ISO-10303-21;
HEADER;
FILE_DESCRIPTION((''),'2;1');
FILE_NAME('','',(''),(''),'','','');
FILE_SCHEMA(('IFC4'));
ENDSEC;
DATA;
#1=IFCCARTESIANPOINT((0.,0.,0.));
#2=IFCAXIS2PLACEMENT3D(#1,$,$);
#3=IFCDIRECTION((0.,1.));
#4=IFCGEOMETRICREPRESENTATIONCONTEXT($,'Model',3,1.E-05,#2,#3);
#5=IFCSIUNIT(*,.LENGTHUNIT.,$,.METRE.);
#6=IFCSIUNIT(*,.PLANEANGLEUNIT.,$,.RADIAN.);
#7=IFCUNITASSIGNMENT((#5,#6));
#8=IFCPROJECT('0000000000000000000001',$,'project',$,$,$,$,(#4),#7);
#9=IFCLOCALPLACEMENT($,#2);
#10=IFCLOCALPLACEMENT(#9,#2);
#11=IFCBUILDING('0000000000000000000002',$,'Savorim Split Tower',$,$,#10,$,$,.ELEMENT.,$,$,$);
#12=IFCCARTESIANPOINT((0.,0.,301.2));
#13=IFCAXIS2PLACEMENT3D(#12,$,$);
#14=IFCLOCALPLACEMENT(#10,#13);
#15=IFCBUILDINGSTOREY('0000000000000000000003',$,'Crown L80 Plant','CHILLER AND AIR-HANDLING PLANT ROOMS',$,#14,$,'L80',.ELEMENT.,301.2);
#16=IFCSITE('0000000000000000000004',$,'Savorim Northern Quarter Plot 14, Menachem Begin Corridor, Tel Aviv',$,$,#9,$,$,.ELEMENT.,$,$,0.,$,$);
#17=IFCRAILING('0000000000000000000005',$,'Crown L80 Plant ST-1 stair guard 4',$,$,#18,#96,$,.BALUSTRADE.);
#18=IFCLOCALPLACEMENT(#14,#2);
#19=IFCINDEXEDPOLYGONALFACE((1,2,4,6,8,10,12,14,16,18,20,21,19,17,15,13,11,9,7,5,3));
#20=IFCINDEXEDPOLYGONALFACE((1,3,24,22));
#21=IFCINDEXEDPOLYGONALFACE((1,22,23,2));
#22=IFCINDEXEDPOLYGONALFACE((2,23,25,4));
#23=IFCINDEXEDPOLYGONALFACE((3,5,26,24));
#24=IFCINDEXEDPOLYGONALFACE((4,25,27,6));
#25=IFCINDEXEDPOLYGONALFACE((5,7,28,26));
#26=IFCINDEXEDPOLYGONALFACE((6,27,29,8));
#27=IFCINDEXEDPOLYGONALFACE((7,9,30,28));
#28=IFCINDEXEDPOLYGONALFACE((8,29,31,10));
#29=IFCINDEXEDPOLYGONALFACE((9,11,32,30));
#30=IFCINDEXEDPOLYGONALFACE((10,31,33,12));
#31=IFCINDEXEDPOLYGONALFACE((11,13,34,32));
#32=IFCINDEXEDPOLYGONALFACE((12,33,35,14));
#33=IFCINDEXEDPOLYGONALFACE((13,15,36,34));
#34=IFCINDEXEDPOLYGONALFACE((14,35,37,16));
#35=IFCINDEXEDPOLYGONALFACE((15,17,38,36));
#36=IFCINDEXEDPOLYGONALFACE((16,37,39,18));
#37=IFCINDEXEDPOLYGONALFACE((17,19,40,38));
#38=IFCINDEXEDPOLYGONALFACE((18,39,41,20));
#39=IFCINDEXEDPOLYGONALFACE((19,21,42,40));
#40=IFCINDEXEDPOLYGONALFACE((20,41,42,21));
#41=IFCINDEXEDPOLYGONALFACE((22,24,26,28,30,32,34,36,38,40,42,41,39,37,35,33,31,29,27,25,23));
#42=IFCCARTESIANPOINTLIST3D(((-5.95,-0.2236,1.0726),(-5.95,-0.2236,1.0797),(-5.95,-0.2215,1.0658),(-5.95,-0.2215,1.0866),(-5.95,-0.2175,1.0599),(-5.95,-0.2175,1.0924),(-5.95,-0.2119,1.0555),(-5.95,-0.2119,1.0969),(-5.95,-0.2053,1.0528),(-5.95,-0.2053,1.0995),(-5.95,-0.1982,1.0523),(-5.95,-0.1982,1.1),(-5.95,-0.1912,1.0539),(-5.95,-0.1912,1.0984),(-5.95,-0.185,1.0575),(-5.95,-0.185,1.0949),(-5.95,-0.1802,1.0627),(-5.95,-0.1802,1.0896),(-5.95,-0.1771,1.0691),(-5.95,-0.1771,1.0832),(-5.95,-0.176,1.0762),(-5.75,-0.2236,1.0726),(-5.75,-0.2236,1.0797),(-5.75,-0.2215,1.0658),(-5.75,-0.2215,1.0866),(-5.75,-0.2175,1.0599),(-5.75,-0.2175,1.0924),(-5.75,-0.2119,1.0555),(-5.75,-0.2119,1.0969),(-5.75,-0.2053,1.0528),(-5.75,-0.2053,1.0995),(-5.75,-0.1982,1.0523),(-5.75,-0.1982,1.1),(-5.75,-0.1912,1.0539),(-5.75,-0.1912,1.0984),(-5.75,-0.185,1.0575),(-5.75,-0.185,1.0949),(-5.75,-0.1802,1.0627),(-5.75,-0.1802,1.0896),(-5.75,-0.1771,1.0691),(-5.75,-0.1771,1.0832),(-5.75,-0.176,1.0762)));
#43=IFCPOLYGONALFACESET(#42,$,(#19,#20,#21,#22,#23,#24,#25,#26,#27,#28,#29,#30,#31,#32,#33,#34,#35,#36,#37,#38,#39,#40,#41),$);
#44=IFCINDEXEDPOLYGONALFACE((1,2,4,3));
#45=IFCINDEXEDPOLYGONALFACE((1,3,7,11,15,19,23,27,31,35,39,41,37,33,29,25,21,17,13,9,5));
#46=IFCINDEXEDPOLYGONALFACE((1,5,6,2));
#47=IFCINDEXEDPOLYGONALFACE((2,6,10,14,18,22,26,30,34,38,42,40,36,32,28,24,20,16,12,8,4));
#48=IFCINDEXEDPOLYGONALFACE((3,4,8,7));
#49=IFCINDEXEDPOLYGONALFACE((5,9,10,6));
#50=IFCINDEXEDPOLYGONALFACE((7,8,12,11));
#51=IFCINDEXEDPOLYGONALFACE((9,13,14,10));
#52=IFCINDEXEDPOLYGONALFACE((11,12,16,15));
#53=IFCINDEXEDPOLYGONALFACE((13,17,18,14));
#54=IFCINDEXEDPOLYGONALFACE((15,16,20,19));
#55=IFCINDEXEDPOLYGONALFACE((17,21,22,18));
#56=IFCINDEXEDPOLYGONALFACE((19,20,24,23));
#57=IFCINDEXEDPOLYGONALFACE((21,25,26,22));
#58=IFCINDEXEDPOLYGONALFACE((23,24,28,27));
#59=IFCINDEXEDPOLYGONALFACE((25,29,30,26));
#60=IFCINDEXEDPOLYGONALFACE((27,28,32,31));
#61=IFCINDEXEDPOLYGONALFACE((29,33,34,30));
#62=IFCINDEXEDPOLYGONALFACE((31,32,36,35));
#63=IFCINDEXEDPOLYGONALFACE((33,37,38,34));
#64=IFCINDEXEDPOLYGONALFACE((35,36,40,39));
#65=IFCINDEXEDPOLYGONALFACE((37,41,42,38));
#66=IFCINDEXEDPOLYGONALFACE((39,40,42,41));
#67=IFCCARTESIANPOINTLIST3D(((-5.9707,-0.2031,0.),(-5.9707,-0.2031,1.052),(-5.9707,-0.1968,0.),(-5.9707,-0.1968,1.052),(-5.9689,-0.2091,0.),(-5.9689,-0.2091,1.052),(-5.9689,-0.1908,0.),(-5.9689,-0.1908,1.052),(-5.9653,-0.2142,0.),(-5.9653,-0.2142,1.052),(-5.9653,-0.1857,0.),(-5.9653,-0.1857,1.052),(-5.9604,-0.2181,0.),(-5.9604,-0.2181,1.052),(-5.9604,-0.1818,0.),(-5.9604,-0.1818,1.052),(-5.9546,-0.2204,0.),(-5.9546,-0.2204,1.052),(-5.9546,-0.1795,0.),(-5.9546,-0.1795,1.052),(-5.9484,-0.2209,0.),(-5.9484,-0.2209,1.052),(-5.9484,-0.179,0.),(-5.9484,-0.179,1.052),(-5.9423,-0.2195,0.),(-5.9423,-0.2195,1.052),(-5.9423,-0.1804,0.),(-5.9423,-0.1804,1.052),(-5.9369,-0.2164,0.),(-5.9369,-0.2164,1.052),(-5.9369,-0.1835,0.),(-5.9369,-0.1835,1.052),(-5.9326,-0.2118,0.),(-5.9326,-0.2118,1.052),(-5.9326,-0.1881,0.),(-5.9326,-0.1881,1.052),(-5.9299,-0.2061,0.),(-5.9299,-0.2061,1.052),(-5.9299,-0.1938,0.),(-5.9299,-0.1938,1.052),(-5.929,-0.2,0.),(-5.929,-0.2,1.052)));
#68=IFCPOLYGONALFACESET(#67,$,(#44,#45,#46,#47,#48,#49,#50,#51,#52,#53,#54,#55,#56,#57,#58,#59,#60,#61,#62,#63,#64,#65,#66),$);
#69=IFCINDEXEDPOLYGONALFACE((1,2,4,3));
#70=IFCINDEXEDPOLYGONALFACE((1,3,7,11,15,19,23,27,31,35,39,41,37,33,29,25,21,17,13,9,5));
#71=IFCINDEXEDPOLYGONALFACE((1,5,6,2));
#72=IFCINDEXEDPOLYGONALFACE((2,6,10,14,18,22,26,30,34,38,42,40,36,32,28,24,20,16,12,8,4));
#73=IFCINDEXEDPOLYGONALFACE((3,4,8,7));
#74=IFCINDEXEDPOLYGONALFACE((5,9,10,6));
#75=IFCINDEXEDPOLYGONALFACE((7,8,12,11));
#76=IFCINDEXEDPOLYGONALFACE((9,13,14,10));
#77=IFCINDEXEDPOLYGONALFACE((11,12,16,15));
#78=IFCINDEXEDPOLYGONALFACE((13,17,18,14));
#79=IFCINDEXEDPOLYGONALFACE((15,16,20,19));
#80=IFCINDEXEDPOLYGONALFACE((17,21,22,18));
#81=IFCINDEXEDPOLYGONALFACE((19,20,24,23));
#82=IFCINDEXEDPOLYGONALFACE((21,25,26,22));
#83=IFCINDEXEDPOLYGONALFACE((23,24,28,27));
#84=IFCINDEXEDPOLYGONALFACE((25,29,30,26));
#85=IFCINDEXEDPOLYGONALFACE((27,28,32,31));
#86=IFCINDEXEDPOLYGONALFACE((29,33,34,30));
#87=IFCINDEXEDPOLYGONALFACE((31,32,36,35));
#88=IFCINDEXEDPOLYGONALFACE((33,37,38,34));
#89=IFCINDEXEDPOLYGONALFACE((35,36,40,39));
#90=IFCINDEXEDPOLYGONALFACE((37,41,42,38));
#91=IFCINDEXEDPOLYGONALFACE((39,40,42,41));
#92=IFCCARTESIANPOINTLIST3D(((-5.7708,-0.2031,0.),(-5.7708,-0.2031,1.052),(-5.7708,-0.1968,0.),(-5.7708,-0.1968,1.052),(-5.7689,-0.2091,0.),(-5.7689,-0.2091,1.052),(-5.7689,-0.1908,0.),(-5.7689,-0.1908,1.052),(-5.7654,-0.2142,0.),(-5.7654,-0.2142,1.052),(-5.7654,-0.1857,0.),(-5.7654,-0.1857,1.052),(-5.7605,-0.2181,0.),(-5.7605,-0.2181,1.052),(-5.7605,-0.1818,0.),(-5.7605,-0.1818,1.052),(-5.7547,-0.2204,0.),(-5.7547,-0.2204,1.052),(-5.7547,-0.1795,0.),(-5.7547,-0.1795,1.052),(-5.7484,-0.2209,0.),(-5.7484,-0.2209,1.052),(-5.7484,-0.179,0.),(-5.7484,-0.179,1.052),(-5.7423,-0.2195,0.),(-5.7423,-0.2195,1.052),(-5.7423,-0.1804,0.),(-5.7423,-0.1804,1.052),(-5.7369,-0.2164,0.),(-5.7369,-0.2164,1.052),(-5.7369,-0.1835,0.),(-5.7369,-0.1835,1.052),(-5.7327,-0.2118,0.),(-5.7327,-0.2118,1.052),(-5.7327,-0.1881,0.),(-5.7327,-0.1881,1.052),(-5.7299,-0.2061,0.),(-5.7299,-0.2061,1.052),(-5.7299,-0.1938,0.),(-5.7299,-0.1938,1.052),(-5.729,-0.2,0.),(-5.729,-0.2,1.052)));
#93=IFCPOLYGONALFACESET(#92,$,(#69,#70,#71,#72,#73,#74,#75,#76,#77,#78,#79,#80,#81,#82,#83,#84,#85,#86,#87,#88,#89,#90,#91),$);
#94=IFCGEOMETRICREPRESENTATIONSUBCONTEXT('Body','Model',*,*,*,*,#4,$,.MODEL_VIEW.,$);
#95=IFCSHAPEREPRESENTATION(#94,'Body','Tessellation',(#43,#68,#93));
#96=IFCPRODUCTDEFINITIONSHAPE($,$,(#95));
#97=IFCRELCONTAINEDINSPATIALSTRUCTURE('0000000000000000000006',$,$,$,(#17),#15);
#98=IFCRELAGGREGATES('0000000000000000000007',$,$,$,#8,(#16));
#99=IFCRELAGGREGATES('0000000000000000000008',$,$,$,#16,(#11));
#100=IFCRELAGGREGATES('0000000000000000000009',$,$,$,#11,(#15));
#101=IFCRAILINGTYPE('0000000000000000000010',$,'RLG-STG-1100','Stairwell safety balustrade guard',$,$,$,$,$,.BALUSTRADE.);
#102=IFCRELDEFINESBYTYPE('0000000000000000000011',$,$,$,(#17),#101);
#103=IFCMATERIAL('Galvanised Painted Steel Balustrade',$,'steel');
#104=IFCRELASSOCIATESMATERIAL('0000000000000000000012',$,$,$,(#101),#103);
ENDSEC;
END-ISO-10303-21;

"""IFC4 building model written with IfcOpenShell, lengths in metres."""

from ifc_helpers import new_model, si_unit, direction, frame, origin, origin_2d, place, context, subcontext, project, spatial, circle, extrude, material, type_object, element, save


model = new_model("IFC4")

# Units and contexts
model_context = context("Model", 3, precision=1e-05, world=origin(), true_north=direction((0.0, 1.0)))
body_context = subcontext(model_context, "Body", "Model", "MODEL_VIEW")
ifc_project = project(units=[si_unit("LENGTHUNIT", "METRE"), si_unit("PLANEANGLEUNIT", "RADIAN")], contexts=[model_context])

# Site, building, storey
site_placement = place(None, origin())
site = spatial("IfcSite", under=ifc_project, at=site_placement, Name="Savorim Northern Quarter Plot 14, Menachem Begin Corridor, Tel Aviv", CompositionType="ELEMENT", RefElevation=0.0)
building_placement = place(site_placement, origin())
building = spatial("IfcBuilding", under=site, at=building_placement, Name="Savorim Split Tower", CompositionType="ELEMENT")
storey_placement = place(building_placement, frame((0.0, 0.0, 301.2)))
storey = spatial("IfcBuildingStorey", under=building, at=storey_placement, Name="Crown L80 Plant", Description="CHILLER AND AIR-HANDLING PLANT ROOMS", LongName="L80", CompositionType="ELEMENT", Elevation=301.2)

# Railing
ifc_material_1 = material(Name="Galvanised Painted Steel Balustrade", Category="steel")
railing_type_1 = type_object("IfcRailingType", Name="RLG-STG-1100", Description="Stairwell safety balustrade guard", PredefinedType="BALUSTRADE", material=ifc_material_1)
railing_1_placement = place(storey_placement, frame((-5.95, -0.2, 0.0)))
element("IfcRailing", 1, at=railing_1_placement, inside=storey, type_object=railing_type_1, Name="Crown L80 Plant ST-1 stair guard 4", PredefinedType="BALUSTRADE", context=body_context, shape_type="SweptSolid", body=[
    extrude(circle(Radius=0.0239, at=origin_2d()), frame((0.0, 0.0, 1.0762), z_axis=(1.0, 0.0, 0.0), x_axis=(0.0, 1.0, 0.0)), (0.0, 0.0, 1.0), 0.2),
    extrude(circle(Radius=0.021, at=origin_2d()), origin(), (0.0, 0.0, 1.0), 1.052),
    extrude(circle(Radius=0.021, at=origin_2d()), frame((0.2, 0.0, 0.0)), (0.0, 0.0, 1.0), 1.052),
])

save(model, "model.ifc")
